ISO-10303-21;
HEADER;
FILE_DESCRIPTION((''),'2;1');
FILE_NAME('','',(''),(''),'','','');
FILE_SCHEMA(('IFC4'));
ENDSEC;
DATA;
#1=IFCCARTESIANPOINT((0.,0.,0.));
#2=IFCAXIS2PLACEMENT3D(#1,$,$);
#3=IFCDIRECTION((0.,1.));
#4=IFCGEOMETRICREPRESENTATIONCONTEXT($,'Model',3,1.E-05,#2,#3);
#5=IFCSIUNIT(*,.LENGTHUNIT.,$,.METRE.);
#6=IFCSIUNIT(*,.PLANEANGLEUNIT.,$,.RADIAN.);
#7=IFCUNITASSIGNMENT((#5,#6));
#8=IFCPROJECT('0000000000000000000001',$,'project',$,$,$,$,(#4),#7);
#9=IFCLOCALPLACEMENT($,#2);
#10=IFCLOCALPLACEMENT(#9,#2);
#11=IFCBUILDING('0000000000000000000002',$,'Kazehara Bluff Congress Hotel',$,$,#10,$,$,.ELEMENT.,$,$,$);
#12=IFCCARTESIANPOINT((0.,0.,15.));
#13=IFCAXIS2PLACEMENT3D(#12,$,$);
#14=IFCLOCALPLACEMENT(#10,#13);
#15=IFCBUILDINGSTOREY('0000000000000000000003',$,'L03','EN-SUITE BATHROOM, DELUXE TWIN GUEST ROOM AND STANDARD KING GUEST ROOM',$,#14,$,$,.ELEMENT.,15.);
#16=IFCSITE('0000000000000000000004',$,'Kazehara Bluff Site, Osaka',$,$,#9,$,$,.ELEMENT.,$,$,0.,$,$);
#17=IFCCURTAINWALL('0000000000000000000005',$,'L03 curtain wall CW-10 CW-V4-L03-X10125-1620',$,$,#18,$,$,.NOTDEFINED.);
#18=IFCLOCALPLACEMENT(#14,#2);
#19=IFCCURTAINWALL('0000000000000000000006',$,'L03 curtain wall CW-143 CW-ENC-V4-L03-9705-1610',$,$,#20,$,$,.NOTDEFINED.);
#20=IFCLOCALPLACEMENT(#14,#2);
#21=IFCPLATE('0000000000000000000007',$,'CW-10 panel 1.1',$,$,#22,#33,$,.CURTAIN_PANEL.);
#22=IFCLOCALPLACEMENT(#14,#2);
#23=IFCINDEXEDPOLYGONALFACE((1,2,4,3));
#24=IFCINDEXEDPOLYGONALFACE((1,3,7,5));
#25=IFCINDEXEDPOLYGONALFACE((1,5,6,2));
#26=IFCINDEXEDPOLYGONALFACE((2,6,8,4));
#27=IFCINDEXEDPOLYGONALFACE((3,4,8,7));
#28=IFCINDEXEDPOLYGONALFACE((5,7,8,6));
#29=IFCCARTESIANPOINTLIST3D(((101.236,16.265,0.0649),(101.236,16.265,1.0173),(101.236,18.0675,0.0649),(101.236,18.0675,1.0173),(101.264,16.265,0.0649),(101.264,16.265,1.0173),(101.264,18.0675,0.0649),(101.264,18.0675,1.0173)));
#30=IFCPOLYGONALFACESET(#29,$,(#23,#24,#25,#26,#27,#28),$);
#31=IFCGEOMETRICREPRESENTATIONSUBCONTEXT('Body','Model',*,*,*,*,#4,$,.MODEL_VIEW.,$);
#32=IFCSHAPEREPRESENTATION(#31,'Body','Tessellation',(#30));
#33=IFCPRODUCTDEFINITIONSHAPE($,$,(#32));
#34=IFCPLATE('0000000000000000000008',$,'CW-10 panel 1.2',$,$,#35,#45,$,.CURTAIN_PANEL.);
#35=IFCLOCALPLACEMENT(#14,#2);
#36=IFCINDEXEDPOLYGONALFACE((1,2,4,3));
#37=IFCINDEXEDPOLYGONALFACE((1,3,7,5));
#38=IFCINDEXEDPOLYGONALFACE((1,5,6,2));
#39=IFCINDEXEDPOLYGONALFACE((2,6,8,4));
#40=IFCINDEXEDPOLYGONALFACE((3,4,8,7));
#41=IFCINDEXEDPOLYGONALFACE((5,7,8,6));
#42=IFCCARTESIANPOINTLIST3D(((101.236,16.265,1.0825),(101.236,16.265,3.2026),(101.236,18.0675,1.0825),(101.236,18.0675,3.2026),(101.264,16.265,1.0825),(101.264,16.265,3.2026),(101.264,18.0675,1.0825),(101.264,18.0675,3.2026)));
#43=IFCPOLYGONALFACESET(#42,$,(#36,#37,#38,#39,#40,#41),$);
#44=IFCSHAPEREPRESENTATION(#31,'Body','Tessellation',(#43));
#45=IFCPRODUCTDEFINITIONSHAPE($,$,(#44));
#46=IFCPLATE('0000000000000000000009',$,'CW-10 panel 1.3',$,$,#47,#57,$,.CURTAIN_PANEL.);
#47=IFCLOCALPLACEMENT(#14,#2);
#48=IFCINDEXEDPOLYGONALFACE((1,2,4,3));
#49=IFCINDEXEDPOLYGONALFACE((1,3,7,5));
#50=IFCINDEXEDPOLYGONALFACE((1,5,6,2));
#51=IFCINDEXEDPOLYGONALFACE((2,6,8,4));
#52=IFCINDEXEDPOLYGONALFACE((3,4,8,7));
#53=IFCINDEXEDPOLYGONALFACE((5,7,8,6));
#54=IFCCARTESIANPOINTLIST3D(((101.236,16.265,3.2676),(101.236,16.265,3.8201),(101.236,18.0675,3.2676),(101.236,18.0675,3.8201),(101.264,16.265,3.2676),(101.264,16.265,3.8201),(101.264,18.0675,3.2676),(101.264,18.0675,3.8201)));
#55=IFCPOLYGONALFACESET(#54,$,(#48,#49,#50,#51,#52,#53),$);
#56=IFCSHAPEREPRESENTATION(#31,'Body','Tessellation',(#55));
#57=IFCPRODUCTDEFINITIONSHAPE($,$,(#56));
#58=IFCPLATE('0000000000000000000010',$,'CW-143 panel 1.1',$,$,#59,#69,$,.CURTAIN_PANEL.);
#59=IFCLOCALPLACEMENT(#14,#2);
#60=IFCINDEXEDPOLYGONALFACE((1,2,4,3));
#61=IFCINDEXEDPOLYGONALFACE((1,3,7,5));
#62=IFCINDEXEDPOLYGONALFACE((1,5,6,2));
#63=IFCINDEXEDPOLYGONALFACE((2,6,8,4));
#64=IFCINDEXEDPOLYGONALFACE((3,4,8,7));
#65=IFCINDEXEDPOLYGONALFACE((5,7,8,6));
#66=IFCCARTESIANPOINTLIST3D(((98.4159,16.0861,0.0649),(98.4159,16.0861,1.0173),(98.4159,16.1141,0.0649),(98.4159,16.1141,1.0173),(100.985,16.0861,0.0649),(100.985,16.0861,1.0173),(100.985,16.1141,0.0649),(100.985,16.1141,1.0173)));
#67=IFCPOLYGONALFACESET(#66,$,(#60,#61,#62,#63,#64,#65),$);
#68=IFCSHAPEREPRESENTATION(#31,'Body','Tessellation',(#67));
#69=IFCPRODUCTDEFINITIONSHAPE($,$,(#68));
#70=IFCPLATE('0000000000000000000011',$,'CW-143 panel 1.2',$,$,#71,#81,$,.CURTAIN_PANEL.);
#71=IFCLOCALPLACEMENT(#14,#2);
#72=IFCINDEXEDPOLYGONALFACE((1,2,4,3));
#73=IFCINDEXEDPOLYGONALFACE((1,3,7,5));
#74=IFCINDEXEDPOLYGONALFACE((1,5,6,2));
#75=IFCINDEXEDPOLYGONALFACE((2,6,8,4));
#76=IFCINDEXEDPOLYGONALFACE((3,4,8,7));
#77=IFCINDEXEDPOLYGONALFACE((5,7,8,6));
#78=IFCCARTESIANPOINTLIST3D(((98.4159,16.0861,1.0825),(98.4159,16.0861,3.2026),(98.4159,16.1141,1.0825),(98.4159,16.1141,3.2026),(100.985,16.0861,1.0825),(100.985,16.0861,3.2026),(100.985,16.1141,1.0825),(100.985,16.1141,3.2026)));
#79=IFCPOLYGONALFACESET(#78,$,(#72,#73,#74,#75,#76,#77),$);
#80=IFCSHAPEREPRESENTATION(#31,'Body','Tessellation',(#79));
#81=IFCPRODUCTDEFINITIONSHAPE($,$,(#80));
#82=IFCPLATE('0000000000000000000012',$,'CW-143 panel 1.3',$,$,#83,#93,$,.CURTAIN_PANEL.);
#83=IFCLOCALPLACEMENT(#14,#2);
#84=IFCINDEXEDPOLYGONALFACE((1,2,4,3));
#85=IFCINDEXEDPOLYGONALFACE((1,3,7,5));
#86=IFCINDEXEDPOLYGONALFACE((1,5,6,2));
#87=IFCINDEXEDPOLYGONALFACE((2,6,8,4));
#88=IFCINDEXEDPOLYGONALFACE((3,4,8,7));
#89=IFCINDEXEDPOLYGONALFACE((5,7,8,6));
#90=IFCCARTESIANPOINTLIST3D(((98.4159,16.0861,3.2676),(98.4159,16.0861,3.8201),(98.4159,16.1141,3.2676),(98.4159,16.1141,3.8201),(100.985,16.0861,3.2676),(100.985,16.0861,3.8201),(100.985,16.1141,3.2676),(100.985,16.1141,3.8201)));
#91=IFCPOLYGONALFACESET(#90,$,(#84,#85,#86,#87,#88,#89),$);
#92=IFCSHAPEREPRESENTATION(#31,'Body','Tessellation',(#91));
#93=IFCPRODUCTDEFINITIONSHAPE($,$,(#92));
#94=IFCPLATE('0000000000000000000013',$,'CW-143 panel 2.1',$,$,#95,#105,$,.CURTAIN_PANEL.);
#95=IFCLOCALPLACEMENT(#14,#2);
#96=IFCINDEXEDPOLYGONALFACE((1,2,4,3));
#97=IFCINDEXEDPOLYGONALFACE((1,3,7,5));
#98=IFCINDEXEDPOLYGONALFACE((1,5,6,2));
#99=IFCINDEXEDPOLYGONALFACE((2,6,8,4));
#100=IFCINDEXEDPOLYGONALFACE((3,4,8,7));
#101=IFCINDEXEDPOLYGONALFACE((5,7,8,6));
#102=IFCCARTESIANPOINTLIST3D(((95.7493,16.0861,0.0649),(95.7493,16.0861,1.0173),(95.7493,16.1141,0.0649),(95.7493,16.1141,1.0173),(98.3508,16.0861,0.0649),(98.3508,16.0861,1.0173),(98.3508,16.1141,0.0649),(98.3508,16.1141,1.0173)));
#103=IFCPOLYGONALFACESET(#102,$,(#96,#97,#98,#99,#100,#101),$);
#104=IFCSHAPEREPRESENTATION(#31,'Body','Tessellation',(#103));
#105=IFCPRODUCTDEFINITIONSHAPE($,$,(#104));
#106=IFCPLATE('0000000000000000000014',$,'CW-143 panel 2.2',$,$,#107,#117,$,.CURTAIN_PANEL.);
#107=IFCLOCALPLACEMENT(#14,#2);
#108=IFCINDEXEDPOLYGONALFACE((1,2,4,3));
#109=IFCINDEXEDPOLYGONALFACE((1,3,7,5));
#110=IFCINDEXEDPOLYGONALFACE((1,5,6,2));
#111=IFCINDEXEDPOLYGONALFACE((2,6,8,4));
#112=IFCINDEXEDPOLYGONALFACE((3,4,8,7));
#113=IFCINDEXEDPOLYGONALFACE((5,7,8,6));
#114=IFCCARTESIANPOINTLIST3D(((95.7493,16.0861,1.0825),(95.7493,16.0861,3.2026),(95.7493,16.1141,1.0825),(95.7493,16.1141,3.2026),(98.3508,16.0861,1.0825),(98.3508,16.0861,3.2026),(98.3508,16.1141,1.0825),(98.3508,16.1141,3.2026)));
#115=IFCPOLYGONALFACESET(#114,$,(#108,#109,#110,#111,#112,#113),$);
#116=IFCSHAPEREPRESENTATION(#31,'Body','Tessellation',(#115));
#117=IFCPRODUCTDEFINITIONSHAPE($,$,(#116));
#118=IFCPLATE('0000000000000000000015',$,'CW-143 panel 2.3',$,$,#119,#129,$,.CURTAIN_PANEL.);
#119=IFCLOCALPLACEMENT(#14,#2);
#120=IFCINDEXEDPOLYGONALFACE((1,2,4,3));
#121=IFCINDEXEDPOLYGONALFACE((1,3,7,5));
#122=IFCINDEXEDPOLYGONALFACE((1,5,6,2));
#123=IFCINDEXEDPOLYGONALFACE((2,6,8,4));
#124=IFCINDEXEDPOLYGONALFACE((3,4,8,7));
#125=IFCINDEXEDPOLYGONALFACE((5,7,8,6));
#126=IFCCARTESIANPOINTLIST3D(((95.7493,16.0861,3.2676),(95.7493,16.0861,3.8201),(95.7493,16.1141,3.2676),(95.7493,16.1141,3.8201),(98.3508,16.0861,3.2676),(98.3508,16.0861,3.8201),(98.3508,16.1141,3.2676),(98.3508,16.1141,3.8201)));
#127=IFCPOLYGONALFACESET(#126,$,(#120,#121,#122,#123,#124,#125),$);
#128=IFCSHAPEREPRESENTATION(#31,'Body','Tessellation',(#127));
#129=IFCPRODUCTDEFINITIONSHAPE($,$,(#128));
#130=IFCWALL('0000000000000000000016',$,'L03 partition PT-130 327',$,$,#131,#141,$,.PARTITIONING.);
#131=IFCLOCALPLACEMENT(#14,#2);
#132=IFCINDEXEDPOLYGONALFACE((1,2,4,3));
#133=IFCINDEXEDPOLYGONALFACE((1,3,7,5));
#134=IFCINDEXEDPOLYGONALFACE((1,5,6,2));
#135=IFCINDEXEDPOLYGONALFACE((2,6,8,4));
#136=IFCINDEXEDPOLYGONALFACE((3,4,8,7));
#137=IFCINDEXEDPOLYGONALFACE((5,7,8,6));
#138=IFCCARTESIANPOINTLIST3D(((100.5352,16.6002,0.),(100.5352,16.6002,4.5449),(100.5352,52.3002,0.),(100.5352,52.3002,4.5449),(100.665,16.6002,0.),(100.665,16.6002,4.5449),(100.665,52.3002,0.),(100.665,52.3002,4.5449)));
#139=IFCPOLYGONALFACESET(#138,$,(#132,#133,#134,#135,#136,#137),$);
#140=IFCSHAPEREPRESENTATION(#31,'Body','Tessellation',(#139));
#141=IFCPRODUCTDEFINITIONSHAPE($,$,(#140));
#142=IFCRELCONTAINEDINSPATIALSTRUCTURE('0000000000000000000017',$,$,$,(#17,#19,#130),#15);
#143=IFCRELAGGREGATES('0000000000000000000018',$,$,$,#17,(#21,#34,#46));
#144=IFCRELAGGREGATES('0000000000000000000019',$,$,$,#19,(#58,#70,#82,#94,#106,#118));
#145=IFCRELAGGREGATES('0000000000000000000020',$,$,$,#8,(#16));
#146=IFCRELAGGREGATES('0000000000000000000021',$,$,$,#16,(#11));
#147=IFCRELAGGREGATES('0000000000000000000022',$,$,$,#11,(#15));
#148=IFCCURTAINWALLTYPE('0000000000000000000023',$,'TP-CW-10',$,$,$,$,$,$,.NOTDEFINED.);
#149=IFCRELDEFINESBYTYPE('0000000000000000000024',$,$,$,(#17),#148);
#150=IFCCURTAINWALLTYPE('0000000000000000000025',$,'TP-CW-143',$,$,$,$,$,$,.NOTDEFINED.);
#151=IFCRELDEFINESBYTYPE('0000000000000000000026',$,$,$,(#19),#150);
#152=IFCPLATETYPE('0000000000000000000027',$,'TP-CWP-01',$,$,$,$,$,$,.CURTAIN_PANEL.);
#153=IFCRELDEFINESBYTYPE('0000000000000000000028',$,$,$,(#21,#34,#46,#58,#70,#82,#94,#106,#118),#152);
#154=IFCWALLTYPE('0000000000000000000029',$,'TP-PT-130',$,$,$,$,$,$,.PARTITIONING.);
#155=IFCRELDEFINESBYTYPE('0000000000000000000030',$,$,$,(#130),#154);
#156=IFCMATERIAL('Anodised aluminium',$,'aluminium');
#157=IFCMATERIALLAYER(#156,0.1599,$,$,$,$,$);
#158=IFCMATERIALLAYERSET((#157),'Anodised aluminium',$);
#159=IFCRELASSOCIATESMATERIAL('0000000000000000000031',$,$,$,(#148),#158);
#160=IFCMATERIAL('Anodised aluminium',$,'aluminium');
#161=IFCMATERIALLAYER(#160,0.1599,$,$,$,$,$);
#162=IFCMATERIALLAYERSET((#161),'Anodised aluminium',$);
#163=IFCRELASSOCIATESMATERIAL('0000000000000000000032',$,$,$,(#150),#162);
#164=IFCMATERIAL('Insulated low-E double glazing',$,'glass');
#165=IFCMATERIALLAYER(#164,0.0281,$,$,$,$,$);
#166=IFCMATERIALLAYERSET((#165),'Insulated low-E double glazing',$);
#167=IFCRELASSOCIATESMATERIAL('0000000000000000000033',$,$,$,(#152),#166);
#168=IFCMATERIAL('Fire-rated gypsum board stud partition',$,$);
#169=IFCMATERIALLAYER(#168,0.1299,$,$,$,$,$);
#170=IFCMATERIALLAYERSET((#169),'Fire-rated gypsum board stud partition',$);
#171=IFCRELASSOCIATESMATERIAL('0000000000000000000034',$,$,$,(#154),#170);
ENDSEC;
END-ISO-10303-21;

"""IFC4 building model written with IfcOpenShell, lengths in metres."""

from ifc_helpers import new_model, si_unit, direction, frame, frame_2d, origin, origin_2d, place, context, subcontext, project, spatial, rectangle, extrude, material, layer, layer_set, type_object, element, aggregate, save


model = new_model("IFC4")

# Units and contexts
model_context = context("Model", 3, precision=1e-05, world=origin(), true_north=direction((0.0, 1.0)))
body_context = subcontext(model_context, "Body", "Model", "MODEL_VIEW")
ifc_project = project(units=[si_unit("LENGTHUNIT", "METRE"), si_unit("PLANEANGLEUNIT", "RADIAN")], contexts=[model_context])

# Site, building, storey
site_placement = place(None, origin())
site = spatial("IfcSite", under=ifc_project, at=site_placement, Name="Kazehara Bluff Site, Osaka", CompositionType="ELEMENT", RefElevation=0.0)
building_placement = place(site_placement, origin())
building = spatial("IfcBuilding", under=site, at=building_placement, Name="Kazehara Bluff Congress Hotel", CompositionType="ELEMENT")
storey_placement = place(building_placement, frame((0.0, 0.0, 15.0)))
storey = spatial("IfcBuildingStorey", under=building, at=storey_placement, Name="L03", Description="EN-SUITE BATHROOM, DELUXE TWIN GUEST ROOM AND STANDARD KING GUEST ROOM", CompositionType="ELEMENT", Elevation=15.0)

# Curtain walls
ifc_material_1 = material(Name="Anodised aluminium", Category="aluminium")
ifc_layer_1 = layer(ifc_material_1, 0.1599)
ifc_layer_set_1 = layer_set([ifc_layer_1], Name="Anodised aluminium")
curtain_wall_type_1 = type_object("IfcCurtainWallType", Name="TP-CW-10", PredefinedType="NOTDEFINED", material=ifc_layer_set_1)
curtain_wall_1_placement = place(storey_placement, origin())
curtain_wall_1 = element("IfcCurtainWall", 1, at=curtain_wall_1_placement, inside=storey, type_object=curtain_wall_type_1, Name="L03 curtain wall CW-10 CW-V4-L03-X10125-1620", PredefinedType="NOTDEFINED")
ifc_material_2 = material(Name="Anodised aluminium", Category="aluminium")
ifc_layer_2 = layer(ifc_material_2, 0.1599)
ifc_layer_set_2 = layer_set([ifc_layer_2], Name="Anodised aluminium")
curtain_wall_type_2 = type_object("IfcCurtainWallType", Name="TP-CW-143", PredefinedType="NOTDEFINED", material=ifc_layer_set_2)
curtain_wall_2_placement = place(storey_placement, origin())
curtain_wall_2 = element("IfcCurtainWall", 2, at=curtain_wall_2_placement, inside=storey, type_object=curtain_wall_type_2, Name="L03 curtain wall CW-143 CW-ENC-V4-L03-9705-1610", PredefinedType="NOTDEFINED")

# Plates
ifc_material_3 = material(Name="Insulated low-E double glazing", Category="glass")
ifc_layer_3 = layer(ifc_material_3, 0.0281)
ifc_layer_set_3 = layer_set([ifc_layer_3], Name="Insulated low-E double glazing")
plate_type = type_object("IfcPlateType", Name="TP-CWP-01", PredefinedType="CURTAIN_PANEL", material=ifc_layer_set_3)
plate_1_placement = place(storey_placement, frame((101.25, 17.1663, 0.0649), z_axis=(0.0, 0.0, 1.0), x_axis=(0.0, 1.0, 0.0)))
plate_1 = element("IfcPlate", 3, at=plate_1_placement, type_object=plate_type, Name="CW-10 panel 1.1", PredefinedType="CURTAIN_PANEL", context=body_context, shape_type="SweptSolid", body=[
    extrude(rectangle(XDim=1.8025, YDim=0.0281, at=origin_2d()), origin(), (0.0, 0.0, 1.0), 0.9524),
])
plate_2_placement = place(storey_placement, frame((101.25, 17.1663, 1.0825), z_axis=(0.0, 0.0, 1.0), x_axis=(0.0, 1.0, 0.0)))
plate_2 = element("IfcPlate", 4, at=plate_2_placement, type_object=plate_type, Name="CW-10 panel 1.2", PredefinedType="CURTAIN_PANEL", context=body_context, shape_type="SweptSolid", body=[
    extrude(rectangle(XDim=1.8025, YDim=0.0281, at=origin_2d()), origin(), (0.0, 0.0, 1.0), 2.1201),
])
plate_3_placement = place(storey_placement, frame((101.25, 17.1663, 3.2676), z_axis=(0.0, 0.0, 1.0), x_axis=(0.0, 1.0, 0.0)))
plate_3 = element("IfcPlate", 5, at=plate_3_placement, type_object=plate_type, Name="CW-10 panel 1.3", PredefinedType="CURTAIN_PANEL", context=body_context, shape_type="SweptSolid", body=[
    extrude(rectangle(XDim=1.8025, YDim=0.0281, at=origin_2d()), origin(), (0.0, 0.0, 1.0), 0.5525),
])
aggregate(curtain_wall_1, [plate_1, plate_2, plate_3])
plate_4_placement = place(storey_placement, frame((99.7004, 16.1001, 0.0649), z_axis=(0.0, 0.0, 1.0), x_axis=(-1.0, 0.0, 0.0)))
plate_4 = element("IfcPlate", 6, at=plate_4_placement, type_object=plate_type, Name="CW-143 panel 1.1", PredefinedType="CURTAIN_PANEL", context=body_context, shape_type="SweptSolid", body=[
    extrude(rectangle(XDim=2.5691, YDim=0.0281, at=origin_2d()), origin(), (0.0, 0.0, 1.0), 0.9524),
])
plate_5_placement = place(storey_placement, frame((99.7004, 16.1001, 1.0825), z_axis=(0.0, 0.0, 1.0), x_axis=(-1.0, 0.0, 0.0)))
plate_5 = element("IfcPlate", 7, at=plate_5_placement, type_object=plate_type, Name="CW-143 panel 1.2", PredefinedType="CURTAIN_PANEL", context=body_context, shape_type="SweptSolid", body=[
    extrude(rectangle(XDim=2.5691, YDim=0.0281, at=origin_2d()), origin(), (0.0, 0.0, 1.0), 2.1201),
])
plate_6_placement = place(storey_placement, frame((99.7004, 16.1001, 3.2676), z_axis=(0.0, 0.0, 1.0), x_axis=(-1.0, 0.0, 0.0)))
plate_6 = element("IfcPlate", 8, at=plate_6_placement, type_object=plate_type, Name="CW-143 panel 1.3", PredefinedType="CURTAIN_PANEL", context=body_context, shape_type="SweptSolid", body=[
    extrude(rectangle(XDim=2.5691, YDim=0.0281, at=origin_2d()), origin(), (0.0, 0.0, 1.0), 0.5525),
])
plate_7_placement = place(storey_placement, frame((97.05, 16.1001, 0.0649), z_axis=(0.0, 0.0, 1.0), x_axis=(-1.0, 0.0, 0.0)))
plate_7 = element("IfcPlate", 9, at=plate_7_placement, type_object=plate_type, Name="CW-143 panel 2.1", PredefinedType="CURTAIN_PANEL", context=body_context, shape_type="SweptSolid", body=[
    extrude(rectangle(XDim=2.6016, YDim=0.0281, at=origin_2d()), origin(), (0.0, 0.0, 1.0), 0.9524),
])
plate_8_placement = place(storey_placement, frame((97.05, 16.1001, 1.0825), z_axis=(0.0, 0.0, 1.0), x_axis=(-1.0, 0.0, 0.0)))
plate_8 = element("IfcPlate", 10, at=plate_8_placement, type_object=plate_type, Name="CW-143 panel 2.2", PredefinedType="CURTAIN_PANEL", context=body_context, shape_type="SweptSolid", body=[
    extrude(rectangle(XDim=2.6016, YDim=0.0281, at=origin_2d()), origin(), (0.0, 0.0, 1.0), 2.1201),
])
plate_9_placement = place(storey_placement, frame((97.05, 16.1001, 3.2676), z_axis=(0.0, 0.0, 1.0), x_axis=(-1.0, 0.0, 0.0)))
plate_9 = element("IfcPlate", 11, at=plate_9_placement, type_object=plate_type, Name="CW-143 panel 2.3", PredefinedType="CURTAIN_PANEL", context=body_context, shape_type="SweptSolid", body=[
    extrude(rectangle(XDim=2.6016, YDim=0.0281, at=origin_2d()), origin(), (0.0, 0.0, 1.0), 0.5525),
])
aggregate(curtain_wall_2, [plate_4, plate_5, plate_6, plate_7, plate_8, plate_9])

# Wall
ifc_material_4 = material(Name="Fire-rated gypsum board stud partition")
ifc_layer_4 = layer(ifc_material_4, 0.1299)
ifc_layer_set_4 = layer_set([ifc_layer_4], Name="Fire-rated gypsum board stud partition")
wall_type = type_object("IfcWallType", Name="TP-PT-130", PredefinedType="PARTITIONING", material=ifc_layer_set_4)
wall_placement = place(storey_placement, frame((100.6001, 16.6001, 0.0), z_axis=(0.0, 0.0, 1.0), x_axis=(0.0, 1.0, 0.0)))
element("IfcWall", 12, at=wall_placement, inside=storey, type_object=wall_type, Name="L03 partition PT-130 327", PredefinedType="PARTITIONING", context=body_context, shape_type="SweptSolid", body=[
    extrude(rectangle(XDim=35.7, YDim=0.1299, at=frame_2d((17.8501, 0.0))), origin(), (0.0, 0.0, 1.0), 4.5449),
])

save(model, "model.ifc")
